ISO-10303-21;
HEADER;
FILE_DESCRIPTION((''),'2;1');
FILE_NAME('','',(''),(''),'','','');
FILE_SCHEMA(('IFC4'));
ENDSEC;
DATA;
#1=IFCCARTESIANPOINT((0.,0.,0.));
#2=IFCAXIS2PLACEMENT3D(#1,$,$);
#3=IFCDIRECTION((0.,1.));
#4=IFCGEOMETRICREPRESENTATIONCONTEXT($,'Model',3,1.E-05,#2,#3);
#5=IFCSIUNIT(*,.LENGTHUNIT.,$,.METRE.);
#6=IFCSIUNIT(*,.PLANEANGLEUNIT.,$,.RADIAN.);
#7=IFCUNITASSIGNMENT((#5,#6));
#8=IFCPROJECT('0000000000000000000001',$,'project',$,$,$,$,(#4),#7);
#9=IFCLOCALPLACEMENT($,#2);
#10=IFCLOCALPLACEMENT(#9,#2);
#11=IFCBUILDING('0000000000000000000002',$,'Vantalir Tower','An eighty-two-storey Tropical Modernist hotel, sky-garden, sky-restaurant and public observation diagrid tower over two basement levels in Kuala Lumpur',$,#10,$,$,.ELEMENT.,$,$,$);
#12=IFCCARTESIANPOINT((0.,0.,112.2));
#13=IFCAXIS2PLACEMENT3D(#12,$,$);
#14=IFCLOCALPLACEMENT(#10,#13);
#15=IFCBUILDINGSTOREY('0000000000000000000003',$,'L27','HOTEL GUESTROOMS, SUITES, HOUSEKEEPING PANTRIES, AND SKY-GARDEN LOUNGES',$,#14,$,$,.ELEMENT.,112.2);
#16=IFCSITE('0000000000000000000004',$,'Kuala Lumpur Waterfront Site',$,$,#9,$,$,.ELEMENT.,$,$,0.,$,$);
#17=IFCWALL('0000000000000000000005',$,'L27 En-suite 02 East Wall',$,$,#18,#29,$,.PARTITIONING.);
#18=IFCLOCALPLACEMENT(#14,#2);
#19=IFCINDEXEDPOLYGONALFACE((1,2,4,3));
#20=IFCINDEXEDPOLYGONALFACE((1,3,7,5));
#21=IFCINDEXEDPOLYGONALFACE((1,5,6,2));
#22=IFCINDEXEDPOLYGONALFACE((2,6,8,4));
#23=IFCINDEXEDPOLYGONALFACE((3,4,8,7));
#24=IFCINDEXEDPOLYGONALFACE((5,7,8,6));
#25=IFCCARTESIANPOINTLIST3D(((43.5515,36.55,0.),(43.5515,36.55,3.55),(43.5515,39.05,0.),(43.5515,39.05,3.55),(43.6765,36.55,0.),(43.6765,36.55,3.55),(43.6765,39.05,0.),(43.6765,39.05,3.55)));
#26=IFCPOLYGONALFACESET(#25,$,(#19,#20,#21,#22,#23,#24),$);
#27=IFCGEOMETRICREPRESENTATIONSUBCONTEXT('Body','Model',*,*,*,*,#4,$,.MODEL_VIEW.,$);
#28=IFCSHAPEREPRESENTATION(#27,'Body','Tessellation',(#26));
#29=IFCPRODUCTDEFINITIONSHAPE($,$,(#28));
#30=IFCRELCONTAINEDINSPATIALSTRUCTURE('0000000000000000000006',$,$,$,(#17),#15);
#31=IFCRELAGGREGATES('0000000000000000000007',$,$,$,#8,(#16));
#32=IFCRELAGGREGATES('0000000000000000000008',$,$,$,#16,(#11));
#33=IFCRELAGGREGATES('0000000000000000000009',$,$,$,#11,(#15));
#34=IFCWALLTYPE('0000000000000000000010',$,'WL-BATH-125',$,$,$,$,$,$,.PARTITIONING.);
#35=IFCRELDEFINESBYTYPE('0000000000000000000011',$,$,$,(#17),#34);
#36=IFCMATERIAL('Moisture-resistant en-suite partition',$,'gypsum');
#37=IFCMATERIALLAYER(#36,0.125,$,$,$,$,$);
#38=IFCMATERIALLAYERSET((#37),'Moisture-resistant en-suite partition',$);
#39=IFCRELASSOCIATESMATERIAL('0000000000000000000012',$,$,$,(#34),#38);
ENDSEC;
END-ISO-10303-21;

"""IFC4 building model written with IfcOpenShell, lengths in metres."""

from ifc_helpers import new_model, si_unit, direction, frame, frame_2d, origin, place, context, subcontext, project, spatial, rectangle, extrude, material, layer, layer_set, type_object, element, save


model = new_model("IFC4")

# Units and contexts
model_context = context("Model", 3, precision=1e-05, world=origin(), true_north=direction((0.0, 1.0)))
body_context = subcontext(model_context, "Body", "Model", "MODEL_VIEW")
ifc_project = project(units=[si_unit("LENGTHUNIT", "METRE"), si_unit("PLANEANGLEUNIT", "RADIAN")], contexts=[model_context])

# Site, building, storey
site_placement = place(None, origin())
site = spatial("IfcSite", under=ifc_project, at=site_placement, Name="Kuala Lumpur Waterfront Site", CompositionType="ELEMENT", RefElevation=0.0)
building_placement = place(site_placement, origin())
building = spatial("IfcBuilding", under=site, at=building_placement, Name="Vantalir Tower", Description="An eighty-two-storey Tropical Modernist hotel, sky-garden, sky-restaurant and public observation diagrid tower over two basement levels in Kuala Lumpur", CompositionType="ELEMENT")
storey_placement = place(building_placement, frame((0.0, 0.0, 112.2)))
storey = spatial("IfcBuildingStorey", under=building, at=storey_placement, Name="L27", Description="HOTEL GUESTROOMS, SUITES, HOUSEKEEPING PANTRIES, AND SKY-GARDEN LOUNGES", CompositionType="ELEMENT", Elevation=112.2)

# Shared definitions
ifc_material_1 = material(Name="Moisture-resistant en-suite partition", Category="gypsum")
ifc_layer_1 = layer(ifc_material_1, 0.125)
ifc_layer_set_1 = layer_set([ifc_layer_1], Name="Moisture-resistant en-suite partition")
wall_type = type_object("IfcWallType", Name="WL-BATH-125", PredefinedType="PARTITIONING", material=ifc_layer_set_1)

# Wall
for number, where, z_axis, x_axis, name in (
    (1, (43.614, 36.55, 0.0), (0.0, 0.0, 1.0), (0.0, 1.0, 0.0), "L27 En-suite 02 East Wall"),
):
    element("IfcWall", number, at=place(storey_placement, frame(where, z_axis=z_axis, x_axis=x_axis)), inside=storey, type_object=wall_type, Name=name, PredefinedType="PARTITIONING", context=body_context, shape_type="SweptSolid", body=[
        extrude(rectangle(XDim=2.5, YDim=0.125, at=frame_2d((1.25, 0.0))), origin(), (0.0, 0.0, 1.0), 3.55),
    ])

save(model, "model.ifc")
